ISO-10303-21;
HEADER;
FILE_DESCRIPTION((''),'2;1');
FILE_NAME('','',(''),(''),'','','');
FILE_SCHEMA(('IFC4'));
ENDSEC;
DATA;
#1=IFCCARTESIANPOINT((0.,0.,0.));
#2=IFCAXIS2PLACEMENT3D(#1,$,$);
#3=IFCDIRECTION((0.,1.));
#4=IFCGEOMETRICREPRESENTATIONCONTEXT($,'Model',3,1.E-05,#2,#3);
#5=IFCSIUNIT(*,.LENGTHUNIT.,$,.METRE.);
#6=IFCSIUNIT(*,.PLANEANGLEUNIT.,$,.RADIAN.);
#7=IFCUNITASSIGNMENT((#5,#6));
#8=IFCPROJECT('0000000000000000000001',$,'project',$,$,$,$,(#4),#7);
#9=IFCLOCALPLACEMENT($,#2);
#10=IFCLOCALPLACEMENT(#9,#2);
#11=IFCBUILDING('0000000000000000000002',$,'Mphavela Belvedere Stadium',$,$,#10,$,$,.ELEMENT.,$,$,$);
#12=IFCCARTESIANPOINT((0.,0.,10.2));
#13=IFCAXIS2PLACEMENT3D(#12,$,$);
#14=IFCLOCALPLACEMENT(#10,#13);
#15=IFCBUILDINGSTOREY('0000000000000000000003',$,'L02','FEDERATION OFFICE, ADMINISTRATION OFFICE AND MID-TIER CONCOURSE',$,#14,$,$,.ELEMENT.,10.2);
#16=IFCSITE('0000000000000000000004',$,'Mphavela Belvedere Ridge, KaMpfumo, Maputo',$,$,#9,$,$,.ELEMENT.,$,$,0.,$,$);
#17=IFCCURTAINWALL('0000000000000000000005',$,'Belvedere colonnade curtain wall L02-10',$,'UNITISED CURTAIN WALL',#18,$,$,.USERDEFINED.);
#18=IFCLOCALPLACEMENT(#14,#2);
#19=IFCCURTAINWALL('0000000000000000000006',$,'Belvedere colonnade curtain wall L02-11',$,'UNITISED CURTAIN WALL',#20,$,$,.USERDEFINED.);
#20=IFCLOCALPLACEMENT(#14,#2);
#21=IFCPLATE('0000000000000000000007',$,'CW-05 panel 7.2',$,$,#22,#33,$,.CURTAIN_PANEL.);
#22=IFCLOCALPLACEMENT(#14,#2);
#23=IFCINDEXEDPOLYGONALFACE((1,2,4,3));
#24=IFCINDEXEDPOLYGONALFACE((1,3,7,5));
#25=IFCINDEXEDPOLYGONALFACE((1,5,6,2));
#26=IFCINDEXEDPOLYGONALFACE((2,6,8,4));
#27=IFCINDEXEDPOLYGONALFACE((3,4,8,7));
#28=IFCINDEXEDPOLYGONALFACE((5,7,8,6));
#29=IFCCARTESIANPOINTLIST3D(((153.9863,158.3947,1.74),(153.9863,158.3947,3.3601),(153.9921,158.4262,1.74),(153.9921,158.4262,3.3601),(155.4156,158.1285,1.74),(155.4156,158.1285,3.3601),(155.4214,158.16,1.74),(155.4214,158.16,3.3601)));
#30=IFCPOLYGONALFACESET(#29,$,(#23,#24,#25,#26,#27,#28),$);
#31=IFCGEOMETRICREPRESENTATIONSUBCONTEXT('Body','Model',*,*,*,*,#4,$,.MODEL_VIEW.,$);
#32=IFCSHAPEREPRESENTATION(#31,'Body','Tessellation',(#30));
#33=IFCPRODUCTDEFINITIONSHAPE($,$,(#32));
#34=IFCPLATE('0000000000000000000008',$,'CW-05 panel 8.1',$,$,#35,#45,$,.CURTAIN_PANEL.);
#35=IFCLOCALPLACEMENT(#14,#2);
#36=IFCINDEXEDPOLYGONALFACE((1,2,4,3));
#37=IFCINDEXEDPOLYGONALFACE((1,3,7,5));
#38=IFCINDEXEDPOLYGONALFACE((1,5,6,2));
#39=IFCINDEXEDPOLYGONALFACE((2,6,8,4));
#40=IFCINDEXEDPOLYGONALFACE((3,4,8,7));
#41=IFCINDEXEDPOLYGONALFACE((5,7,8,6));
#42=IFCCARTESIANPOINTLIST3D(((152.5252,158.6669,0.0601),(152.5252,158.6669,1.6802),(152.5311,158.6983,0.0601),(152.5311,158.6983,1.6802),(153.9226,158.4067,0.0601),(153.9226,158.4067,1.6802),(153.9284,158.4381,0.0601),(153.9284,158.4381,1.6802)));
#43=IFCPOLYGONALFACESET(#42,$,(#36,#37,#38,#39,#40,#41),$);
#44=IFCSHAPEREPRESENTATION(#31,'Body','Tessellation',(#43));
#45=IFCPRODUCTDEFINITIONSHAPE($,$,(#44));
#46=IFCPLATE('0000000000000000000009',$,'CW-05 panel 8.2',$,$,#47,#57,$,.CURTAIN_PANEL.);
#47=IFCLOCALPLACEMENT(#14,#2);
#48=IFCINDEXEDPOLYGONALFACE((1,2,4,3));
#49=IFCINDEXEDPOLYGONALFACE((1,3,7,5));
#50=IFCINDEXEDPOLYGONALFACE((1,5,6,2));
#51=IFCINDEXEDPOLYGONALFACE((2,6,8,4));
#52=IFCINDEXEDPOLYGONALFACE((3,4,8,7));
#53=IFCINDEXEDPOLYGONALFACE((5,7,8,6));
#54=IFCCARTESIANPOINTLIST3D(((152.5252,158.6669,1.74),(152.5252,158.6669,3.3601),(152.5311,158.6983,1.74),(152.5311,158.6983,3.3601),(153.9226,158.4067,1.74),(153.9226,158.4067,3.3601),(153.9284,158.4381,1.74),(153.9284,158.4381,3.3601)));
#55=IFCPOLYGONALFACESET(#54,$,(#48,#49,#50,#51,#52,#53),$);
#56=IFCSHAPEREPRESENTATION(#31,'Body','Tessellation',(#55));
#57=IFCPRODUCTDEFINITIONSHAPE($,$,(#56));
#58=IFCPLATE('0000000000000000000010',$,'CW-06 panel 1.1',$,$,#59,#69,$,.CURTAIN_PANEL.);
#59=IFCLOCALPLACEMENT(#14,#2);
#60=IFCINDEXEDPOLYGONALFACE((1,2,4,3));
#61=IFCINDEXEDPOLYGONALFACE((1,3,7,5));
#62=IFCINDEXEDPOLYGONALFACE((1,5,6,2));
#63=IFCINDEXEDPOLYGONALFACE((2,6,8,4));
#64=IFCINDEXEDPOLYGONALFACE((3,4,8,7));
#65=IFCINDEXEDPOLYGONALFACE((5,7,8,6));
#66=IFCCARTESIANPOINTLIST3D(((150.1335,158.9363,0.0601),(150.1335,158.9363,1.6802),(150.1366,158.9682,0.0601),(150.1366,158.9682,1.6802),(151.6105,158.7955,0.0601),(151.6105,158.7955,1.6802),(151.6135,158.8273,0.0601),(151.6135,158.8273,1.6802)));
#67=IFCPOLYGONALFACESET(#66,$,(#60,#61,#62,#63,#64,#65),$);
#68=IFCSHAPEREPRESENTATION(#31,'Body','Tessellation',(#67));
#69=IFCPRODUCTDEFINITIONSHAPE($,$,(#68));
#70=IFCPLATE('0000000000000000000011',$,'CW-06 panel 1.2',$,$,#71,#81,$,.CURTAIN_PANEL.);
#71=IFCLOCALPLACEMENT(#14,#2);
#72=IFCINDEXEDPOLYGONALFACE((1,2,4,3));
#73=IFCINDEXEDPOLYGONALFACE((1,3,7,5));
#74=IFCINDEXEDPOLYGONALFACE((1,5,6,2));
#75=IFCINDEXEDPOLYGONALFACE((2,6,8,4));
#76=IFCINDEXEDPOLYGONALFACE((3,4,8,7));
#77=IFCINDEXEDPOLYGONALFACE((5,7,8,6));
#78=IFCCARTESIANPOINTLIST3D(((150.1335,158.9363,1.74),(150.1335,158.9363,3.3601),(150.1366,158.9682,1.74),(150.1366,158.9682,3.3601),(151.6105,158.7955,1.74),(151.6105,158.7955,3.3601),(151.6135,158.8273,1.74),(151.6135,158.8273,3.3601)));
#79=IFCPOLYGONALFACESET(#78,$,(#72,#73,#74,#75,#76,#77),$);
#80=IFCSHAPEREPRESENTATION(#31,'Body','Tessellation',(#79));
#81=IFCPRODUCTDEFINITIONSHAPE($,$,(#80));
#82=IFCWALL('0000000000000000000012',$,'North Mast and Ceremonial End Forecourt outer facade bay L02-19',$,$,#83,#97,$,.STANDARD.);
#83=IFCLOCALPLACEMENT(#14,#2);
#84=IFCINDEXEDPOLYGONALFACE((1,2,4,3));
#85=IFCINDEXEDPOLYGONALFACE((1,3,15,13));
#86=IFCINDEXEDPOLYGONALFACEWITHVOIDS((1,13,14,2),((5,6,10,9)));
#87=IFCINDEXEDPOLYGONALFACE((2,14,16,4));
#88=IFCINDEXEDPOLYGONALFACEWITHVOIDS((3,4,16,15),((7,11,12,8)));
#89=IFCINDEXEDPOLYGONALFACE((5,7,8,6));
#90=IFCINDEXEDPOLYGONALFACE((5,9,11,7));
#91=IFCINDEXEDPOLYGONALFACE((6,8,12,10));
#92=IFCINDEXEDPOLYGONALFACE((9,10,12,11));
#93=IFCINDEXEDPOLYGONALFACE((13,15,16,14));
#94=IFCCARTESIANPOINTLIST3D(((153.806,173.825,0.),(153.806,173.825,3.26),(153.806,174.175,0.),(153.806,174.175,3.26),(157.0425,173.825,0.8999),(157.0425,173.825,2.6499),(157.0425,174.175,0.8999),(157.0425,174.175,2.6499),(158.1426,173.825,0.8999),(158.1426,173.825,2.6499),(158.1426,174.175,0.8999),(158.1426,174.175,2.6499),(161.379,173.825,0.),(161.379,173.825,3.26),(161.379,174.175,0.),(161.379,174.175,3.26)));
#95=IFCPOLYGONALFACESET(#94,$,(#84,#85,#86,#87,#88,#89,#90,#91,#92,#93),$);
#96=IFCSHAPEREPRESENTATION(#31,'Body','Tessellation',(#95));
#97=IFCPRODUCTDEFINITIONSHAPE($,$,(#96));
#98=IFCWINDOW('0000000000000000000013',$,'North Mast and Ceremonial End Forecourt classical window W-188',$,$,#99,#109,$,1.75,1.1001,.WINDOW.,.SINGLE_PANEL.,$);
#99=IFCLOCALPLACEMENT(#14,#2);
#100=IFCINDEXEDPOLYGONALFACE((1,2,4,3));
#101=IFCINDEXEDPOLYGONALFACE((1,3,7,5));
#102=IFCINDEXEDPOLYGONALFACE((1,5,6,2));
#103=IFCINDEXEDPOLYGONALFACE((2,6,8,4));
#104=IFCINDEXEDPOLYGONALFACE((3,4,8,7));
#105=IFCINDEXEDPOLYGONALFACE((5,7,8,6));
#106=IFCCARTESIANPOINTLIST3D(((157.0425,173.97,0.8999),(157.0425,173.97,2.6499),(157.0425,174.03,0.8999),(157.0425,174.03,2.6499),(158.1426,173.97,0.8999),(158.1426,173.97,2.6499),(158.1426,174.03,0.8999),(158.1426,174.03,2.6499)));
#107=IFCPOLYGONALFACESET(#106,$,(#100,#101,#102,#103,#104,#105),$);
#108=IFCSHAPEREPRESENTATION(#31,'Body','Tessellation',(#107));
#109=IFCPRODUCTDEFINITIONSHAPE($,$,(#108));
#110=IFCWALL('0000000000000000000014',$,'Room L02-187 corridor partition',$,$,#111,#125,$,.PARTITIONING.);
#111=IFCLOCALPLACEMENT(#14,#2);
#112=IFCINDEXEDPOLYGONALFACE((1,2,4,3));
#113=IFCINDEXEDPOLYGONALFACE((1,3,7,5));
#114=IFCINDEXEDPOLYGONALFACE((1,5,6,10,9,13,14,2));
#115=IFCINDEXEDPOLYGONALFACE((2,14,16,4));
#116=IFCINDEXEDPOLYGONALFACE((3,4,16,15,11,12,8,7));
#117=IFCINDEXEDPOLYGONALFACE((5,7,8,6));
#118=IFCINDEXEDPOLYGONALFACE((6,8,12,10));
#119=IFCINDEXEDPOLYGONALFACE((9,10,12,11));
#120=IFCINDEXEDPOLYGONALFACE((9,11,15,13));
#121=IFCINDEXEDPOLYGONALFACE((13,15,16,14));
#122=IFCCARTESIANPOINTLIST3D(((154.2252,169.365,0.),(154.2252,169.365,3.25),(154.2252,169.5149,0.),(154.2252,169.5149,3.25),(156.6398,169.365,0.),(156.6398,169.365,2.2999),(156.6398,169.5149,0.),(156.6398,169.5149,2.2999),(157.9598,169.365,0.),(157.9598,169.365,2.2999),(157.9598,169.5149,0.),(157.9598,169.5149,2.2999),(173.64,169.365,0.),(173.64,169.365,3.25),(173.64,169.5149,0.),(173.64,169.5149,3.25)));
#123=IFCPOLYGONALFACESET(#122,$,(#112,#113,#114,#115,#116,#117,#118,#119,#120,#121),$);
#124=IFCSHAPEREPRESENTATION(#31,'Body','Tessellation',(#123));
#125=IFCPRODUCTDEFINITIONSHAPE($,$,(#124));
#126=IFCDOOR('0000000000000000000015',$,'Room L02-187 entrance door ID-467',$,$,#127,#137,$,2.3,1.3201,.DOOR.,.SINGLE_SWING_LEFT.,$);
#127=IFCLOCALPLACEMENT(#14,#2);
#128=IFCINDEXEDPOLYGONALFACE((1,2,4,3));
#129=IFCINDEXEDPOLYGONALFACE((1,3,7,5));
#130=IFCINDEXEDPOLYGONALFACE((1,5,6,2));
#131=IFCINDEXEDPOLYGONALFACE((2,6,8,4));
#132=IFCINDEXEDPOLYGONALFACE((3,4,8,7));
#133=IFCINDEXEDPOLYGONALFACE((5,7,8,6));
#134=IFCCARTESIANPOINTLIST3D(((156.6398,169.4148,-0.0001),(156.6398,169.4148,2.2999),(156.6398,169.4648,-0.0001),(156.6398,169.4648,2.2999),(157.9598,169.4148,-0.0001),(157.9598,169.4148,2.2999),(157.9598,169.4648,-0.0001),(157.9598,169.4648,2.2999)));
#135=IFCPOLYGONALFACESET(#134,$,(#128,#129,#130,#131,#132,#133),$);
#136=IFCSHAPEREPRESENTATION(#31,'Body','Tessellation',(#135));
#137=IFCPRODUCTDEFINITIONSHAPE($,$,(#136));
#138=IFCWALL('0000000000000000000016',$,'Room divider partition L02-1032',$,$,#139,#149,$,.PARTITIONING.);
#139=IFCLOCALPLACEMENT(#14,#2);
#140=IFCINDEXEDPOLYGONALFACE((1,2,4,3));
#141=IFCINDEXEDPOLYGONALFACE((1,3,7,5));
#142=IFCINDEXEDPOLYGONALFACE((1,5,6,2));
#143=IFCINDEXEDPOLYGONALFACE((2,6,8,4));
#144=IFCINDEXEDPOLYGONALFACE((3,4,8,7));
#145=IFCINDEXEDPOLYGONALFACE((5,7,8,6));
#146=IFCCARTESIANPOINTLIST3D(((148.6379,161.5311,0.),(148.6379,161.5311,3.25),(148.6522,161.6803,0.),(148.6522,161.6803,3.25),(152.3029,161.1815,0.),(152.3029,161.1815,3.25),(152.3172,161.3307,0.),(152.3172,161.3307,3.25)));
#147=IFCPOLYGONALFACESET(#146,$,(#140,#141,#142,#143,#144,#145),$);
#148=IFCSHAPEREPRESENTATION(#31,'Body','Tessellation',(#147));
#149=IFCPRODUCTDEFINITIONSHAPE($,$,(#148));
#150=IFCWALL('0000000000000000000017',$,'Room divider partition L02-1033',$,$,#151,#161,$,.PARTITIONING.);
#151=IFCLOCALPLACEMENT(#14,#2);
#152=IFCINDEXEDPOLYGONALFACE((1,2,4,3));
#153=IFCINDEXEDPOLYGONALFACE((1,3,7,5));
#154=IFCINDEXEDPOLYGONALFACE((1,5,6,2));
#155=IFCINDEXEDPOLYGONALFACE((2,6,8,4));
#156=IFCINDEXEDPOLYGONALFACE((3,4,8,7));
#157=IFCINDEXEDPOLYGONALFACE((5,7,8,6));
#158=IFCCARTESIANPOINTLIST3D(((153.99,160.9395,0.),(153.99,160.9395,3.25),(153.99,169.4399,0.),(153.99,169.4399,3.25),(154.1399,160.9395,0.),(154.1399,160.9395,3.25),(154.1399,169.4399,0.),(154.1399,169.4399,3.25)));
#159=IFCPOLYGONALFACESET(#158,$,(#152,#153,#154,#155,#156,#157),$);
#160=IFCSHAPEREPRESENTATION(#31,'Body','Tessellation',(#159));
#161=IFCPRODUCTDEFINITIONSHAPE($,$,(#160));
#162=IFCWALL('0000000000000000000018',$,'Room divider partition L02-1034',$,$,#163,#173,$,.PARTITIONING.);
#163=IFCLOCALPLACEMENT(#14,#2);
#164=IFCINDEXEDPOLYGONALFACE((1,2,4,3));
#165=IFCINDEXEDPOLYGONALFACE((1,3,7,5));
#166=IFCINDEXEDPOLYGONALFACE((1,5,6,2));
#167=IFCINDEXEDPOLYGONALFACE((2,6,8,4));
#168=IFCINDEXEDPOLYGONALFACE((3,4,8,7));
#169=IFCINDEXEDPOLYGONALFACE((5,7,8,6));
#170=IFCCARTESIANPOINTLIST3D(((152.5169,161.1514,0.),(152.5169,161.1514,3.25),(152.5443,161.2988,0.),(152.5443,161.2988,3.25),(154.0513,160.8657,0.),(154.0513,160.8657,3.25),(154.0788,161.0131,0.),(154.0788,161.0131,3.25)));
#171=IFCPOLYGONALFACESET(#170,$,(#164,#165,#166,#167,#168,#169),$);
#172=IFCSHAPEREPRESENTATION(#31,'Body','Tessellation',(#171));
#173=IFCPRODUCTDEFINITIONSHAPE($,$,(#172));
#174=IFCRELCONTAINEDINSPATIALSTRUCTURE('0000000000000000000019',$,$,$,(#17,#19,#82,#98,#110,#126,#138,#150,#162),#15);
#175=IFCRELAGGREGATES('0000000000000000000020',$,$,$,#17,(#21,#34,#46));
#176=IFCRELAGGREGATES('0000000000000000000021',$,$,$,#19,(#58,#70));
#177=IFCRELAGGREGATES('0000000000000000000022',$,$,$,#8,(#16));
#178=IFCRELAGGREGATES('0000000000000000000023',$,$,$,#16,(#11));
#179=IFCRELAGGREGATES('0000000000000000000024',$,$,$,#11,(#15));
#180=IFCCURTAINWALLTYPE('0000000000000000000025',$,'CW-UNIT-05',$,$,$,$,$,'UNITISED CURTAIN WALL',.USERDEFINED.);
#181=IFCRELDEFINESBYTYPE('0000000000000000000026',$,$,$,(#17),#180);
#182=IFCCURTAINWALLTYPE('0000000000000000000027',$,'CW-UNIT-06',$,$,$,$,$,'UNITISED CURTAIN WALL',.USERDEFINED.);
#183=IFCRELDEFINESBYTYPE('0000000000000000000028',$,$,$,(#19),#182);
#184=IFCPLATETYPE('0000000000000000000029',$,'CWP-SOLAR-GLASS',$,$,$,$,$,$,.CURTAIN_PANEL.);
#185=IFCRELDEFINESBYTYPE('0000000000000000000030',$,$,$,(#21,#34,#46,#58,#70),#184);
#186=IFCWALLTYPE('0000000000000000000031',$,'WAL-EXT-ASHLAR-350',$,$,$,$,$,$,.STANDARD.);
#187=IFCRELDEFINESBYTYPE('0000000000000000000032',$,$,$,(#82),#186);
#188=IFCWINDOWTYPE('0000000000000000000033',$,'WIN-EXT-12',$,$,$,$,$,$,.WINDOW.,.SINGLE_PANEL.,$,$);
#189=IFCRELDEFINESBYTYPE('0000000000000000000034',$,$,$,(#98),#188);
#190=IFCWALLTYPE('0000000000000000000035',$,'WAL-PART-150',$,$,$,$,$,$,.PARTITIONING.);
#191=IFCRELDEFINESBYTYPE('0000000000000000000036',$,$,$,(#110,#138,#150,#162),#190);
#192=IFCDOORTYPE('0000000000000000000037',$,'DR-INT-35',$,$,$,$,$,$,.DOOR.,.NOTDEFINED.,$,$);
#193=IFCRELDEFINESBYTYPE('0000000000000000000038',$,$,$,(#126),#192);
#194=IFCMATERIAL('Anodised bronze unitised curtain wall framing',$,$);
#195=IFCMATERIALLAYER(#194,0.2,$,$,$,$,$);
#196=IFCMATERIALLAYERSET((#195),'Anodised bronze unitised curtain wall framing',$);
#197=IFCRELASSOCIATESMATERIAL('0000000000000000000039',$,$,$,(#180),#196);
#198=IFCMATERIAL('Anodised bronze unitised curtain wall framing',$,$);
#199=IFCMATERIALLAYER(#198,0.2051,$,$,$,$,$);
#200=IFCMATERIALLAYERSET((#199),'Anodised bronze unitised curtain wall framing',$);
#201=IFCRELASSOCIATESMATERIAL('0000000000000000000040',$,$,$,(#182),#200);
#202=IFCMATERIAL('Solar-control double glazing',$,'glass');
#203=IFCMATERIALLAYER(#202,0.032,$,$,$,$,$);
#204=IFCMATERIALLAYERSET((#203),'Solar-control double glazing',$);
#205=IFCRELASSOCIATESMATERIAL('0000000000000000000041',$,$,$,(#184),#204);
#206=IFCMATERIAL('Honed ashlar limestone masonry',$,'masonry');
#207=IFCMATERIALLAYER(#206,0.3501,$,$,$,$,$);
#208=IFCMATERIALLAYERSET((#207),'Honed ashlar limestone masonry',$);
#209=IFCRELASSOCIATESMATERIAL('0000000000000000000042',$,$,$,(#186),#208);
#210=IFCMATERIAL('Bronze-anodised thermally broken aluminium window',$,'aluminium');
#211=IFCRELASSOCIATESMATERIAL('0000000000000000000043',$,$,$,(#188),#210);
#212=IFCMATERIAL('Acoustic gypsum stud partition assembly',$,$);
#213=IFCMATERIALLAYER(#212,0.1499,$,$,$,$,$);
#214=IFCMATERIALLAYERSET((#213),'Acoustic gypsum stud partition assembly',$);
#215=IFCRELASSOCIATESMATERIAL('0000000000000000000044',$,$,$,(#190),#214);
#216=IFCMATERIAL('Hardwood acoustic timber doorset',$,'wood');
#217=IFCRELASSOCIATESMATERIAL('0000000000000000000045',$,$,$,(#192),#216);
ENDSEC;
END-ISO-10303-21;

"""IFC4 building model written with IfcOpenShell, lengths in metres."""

from ifc_helpers import new_model, si_unit, direction, frame, frame_2d, origin, origin_2d, place, context, subcontext, project, spatial, rectangle, extrude, material, layer, layer_set, type_object, element, fill, aggregate, save


model = new_model("IFC4")

# Units and contexts
model_context = context("Model", 3, precision=1e-05, world=origin(), true_north=direction((0.0, 1.0)))
body_context = subcontext(model_context, "Body", "Model", "MODEL_VIEW")
ifc_project = project(units=[si_unit("LENGTHUNIT", "METRE"), si_unit("PLANEANGLEUNIT", "RADIAN")], contexts=[model_context])

# Site, building, storey
site_placement = place(None, origin())
site = spatial("IfcSite", under=ifc_project, at=site_placement, Name="Mphavela Belvedere Ridge, KaMpfumo, Maputo", CompositionType="ELEMENT", RefElevation=0.0)
building_placement = place(site_placement, origin())
building = spatial("IfcBuilding", under=site, at=building_placement, Name="Mphavela Belvedere Stadium", CompositionType="ELEMENT")
storey_placement = place(building_placement, frame((0.0, 0.0, 10.2)))
storey = spatial("IfcBuildingStorey", under=building, at=storey_placement, Name="L02", Description="FEDERATION OFFICE, ADMINISTRATION OFFICE AND MID-TIER CONCOURSE", CompositionType="ELEMENT", Elevation=10.2)

# Curtain wall
ifc_material_1 = material(Name="Anodised bronze unitised curtain wall framing")
ifc_layer_1 = layer(ifc_material_1, 0.2)
ifc_layer_set_1 = layer_set([ifc_layer_1], Name="Anodised bronze unitised curtain wall framing")
curtain_wall_type_1 = type_object("IfcCurtainWallType", Name="CW-UNIT-05", ElementType="UNITISED CURTAIN WALL", PredefinedType="USERDEFINED", material=ifc_layer_set_1)
curtain_wall_1_placement = place(storey_placement, origin())
curtain_wall_1 = element("IfcCurtainWall", 1, at=curtain_wall_1_placement, inside=storey, type_object=curtain_wall_type_1, Name="Belvedere colonnade curtain wall L02-10", ObjectType="UNITISED CURTAIN WALL", PredefinedType="USERDEFINED")

# Curtain wall
ifc_material_2 = material(Name="Anodised bronze unitised curtain wall framing")
ifc_layer_2 = layer(ifc_material_2, 0.2051)
ifc_layer_set_2 = layer_set([ifc_layer_2], Name="Anodised bronze unitised curtain wall framing")
curtain_wall_type_2 = type_object("IfcCurtainWallType", Name="CW-UNIT-06", ElementType="UNITISED CURTAIN WALL", PredefinedType="USERDEFINED", material=ifc_layer_set_2)
curtain_wall_2_placement = place(storey_placement, origin())
curtain_wall_2 = element("IfcCurtainWall", 2, at=curtain_wall_2_placement, inside=storey, type_object=curtain_wall_type_2, Name="Belvedere colonnade curtain wall L02-11", ObjectType="UNITISED CURTAIN WALL", PredefinedType="USERDEFINED")

# Plates
ifc_material_3 = material(Name="Solar-control double glazing", Category="glass")
ifc_layer_3 = layer(ifc_material_3, 0.032)
ifc_layer_set_3 = layer_set([ifc_layer_3], Name="Solar-control double glazing")
plate_type = type_object("IfcPlateType", Name="CWP-SOLAR-GLASS", PredefinedType="CURTAIN_PANEL", material=ifc_layer_set_3)
plate_1_placement = place(storey_placement, frame((154.7039, 158.2773, 1.74), z_axis=(0.0, 0.0, 1.0), x_axis=(-0.983097, 0.183085, 0.0)))
plate_1 = element("IfcPlate", 3, at=plate_1_placement, type_object=plate_type, Name="CW-05 panel 7.2", PredefinedType="CURTAIN_PANEL", context=body_context, shape_type="SweptSolid", body=[
    extrude(rectangle(XDim=1.4539, YDim=0.032, at=origin_2d()), origin(), (0.0, 0.0, 1.0), 1.6201),
])
plate_2_placement = place(storey_placement, frame((153.2268, 158.5525, 0.0601), z_axis=(0.0, 0.0, 1.0), x_axis=(-0.983097, 0.183085, 0.0)))
plate_2 = element("IfcPlate", 4, at=plate_2_placement, type_object=plate_type, Name="CW-05 panel 8.1", PredefinedType="CURTAIN_PANEL", context=body_context, shape_type="SweptSolid", body=[
    extrude(rectangle(XDim=1.4214, YDim=0.032, at=origin_2d()), origin(), (0.0, 0.0, 1.0), 1.6201),
])
plate_3_placement = place(storey_placement, frame((153.2268, 158.5525, 1.74), z_axis=(0.0, 0.0, 1.0), x_axis=(-0.983097, 0.183085, 0.0)))
plate_3 = element("IfcPlate", 5, at=plate_3_placement, type_object=plate_type, Name="CW-05 panel 8.2", PredefinedType="CURTAIN_PANEL", context=body_context, shape_type="SweptSolid", body=[
    extrude(rectangle(XDim=1.4214, YDim=0.032, at=origin_2d()), origin(), (0.0, 0.0, 1.0), 1.6201),
])
aggregate(curtain_wall_1, [plate_1, plate_2, plate_3])
plate_4_placement = place(storey_placement, frame((150.8735, 158.8818, 0.0601), z_axis=(0.0, 0.0, 1.0), x_axis=(-0.995484, 0.094926, 0.0)))
plate_4 = element("IfcPlate", 6, at=plate_4_placement, type_object=plate_type, Name="CW-06 panel 1.1", PredefinedType="CURTAIN_PANEL", context=body_context, shape_type="SweptSolid", body=[
    extrude(rectangle(XDim=1.4836, YDim=0.032, at=origin_2d()), origin(), (0.0, 0.0, 1.0), 1.6201),
])
plate_5_placement = place(storey_placement, frame((150.8735, 158.8818, 1.74), z_axis=(0.0, 0.0, 1.0), x_axis=(-0.995484, 0.094926, 0.0)))
plate_5 = element("IfcPlate", 7, at=plate_5_placement, type_object=plate_type, Name="CW-06 panel 1.2", PredefinedType="CURTAIN_PANEL", context=body_context, shape_type="SweptSolid", body=[
    extrude(rectangle(XDim=1.4836, YDim=0.032, at=origin_2d()), origin(), (0.0, 0.0, 1.0), 1.6201),
])
aggregate(curtain_wall_2, [plate_4, plate_5])

# Wall, opening, window
ifc_material_4 = material(Name="Honed ashlar limestone masonry", Category="masonry")
ifc_layer_4 = layer(ifc_material_4, 0.3501)
ifc_layer_set_4 = layer_set([ifc_layer_4], Name="Honed ashlar limestone masonry")
wall_type_1 = type_object("IfcWallType", Name="WAL-EXT-ASHLAR-350", PredefinedType="STANDARD", material=ifc_layer_set_4)
wall_1_placement = place(storey_placement, frame((153.8059, 174.0, 0.0), z_axis=(0.0, 0.0, 1.0), x_axis=(1.0, 0.0, 0.0)))
wall_1 = element("IfcWall", 8, at=wall_1_placement, inside=storey, type_object=wall_type_1, Name="North Mast and Ceremonial End Forecourt outer facade bay L02-19", PredefinedType="STANDARD", context=body_context, shape_type="SweptSolid", body=[
    extrude(rectangle(XDim=7.573, YDim=0.3501, at=frame_2d((3.7866, 0.0))), origin(), (0.0, 0.0, 1.0), 3.26),
])
opening_1_placement = place(wall_1_placement, frame((3.2366, 0.0, 0.8999)))
opening_1 = element("IfcOpeningElement", 9, at=opening_1_placement, cuts=wall_1, PredefinedType="OPENING", context=body_context, shape_type="SweptSolid", body=[
    extrude(rectangle(XDim=1.1001, YDim=1.75, at=frame_2d((0.55, 0.875))), frame((0.0, 0.1851, 0.0), z_axis=(0.0, -1.0, 0.0), x_axis=(1.0, 0.0, 0.0)), (0.0, 0.0, 1.0), 0.3701),
])
ifc_material_5 = material(Name="Bronze-anodised thermally broken aluminium window", Category="aluminium")
window_type = type_object("IfcWindowType", Name="WIN-EXT-12", PartitioningType="SINGLE_PANEL", PredefinedType="WINDOW", material=ifc_material_5)
window_placement = place(opening_1_placement, origin())
window = element("IfcWindow", 10, at=window_placement, inside=storey, type_object=window_type, Name="North Mast and Ceremonial End Forecourt classical window W-188", OverallHeight=1.75, OverallWidth=1.1001, PartitioningType="SINGLE_PANEL", PredefinedType="WINDOW", context=body_context, shape_type="SweptSolid", body=[
    extrude(rectangle(XDim=1.1001, YDim=1.75, at=frame_2d((0.55, 0.875))), frame((0.0, 0.03, 0.0), z_axis=(0.0, -1.0, 0.0), x_axis=(1.0, 0.0, 0.0)), (0.0, 0.0, 1.0), 0.0601),
])
fill(opening_1, window)

# Wall, opening, door
ifc_material_6 = material(Name="Acoustic gypsum stud partition assembly")
ifc_layer_5 = layer(ifc_material_6, 0.1499)
ifc_layer_set_5 = layer_set([ifc_layer_5], Name="Acoustic gypsum stud partition assembly")
wall_type_2 = type_object("IfcWallType", Name="WAL-PART-150", PredefinedType="PARTITIONING", material=ifc_layer_set_5)
wall_2_placement = place(storey_placement, frame((154.2251, 169.4399, 0.0), z_axis=(0.0, 0.0, 1.0), x_axis=(1.0, 0.0, 0.0)))
wall_2 = element("IfcWall", 11, at=wall_2_placement, inside=storey, type_object=wall_type_2, Name="Room L02-187 corridor partition", PredefinedType="PARTITIONING", context=body_context, shape_type="SweptSolid", body=[
    extrude(rectangle(XDim=19.4148, YDim=0.1499, at=frame_2d((9.7075, 0.0))), origin(), (0.0, 0.0, 1.0), 3.25),
])
opening_2_placement = place(wall_2_placement, frame((2.4146, 0.0, 0.0)))
opening_2 = element("IfcOpeningElement", 12, at=opening_2_placement, cuts=wall_2, PredefinedType="OPENING", context=body_context, shape_type="SweptSolid", body=[
    extrude(rectangle(XDim=1.3201, YDim=2.3, at=frame_2d((0.6602, 1.1499))), frame((0.0, 0.085, 0.0), z_axis=(0.0, -1.0, 0.0), x_axis=(1.0, 0.0, 0.0)), (0.0, 0.0, 1.0), 0.1699),
])
ifc_material_7 = material(Name="Hardwood acoustic timber doorset", Category="wood")
door_type = type_object("IfcDoorType", Name="DR-INT-35", OperationType="NOTDEFINED", PredefinedType="DOOR", material=ifc_material_7)
door_placement = place(opening_2_placement, origin())
door = element("IfcDoor", 13, at=door_placement, inside=storey, type_object=door_type, Name="Room L02-187 entrance door ID-467", OperationType="SINGLE_SWING_LEFT", OverallHeight=2.3, OverallWidth=1.3201, PredefinedType="DOOR", context=body_context, shape_type="SweptSolid", body=[
    extrude(rectangle(XDim=1.3201, YDim=2.3, at=frame_2d((0.6602, 1.1499))), frame((0.0, 0.0249, 0.0), z_axis=(0.0, -1.0, 0.0), x_axis=(1.0, 0.0, 0.0)), (0.0, 0.0, 1.0), 0.05),
])
fill(opening_2, door)

# Walls
wall_3_placement = place(storey_placement, frame((152.3101, 161.2561, 0.0), z_axis=(0.0, 0.0, 1.0), x_axis=(-0.995481, 0.094959, 0.0)))
element("IfcWall", 14, at=wall_3_placement, inside=storey, type_object=wall_type_2, Name="Room divider partition L02-1032", PredefinedType="PARTITIONING", context=body_context, shape_type="SweptSolid", body=[
    extrude(rectangle(XDim=3.6816, YDim=0.1499, at=frame_2d((1.8408, 0.0))), origin(), (0.0, 0.0, 1.0), 3.25),
])
wall_4_placement = place(storey_placement, frame((154.0649, 169.4399, 0.0), z_axis=(0.0, 0.0, 1.0), x_axis=(0.0, -1.0, 0.0)))
element("IfcWall", 15, at=wall_4_placement, inside=storey, type_object=wall_type_2, Name="Room divider partition L02-1033", PredefinedType="PARTITIONING", context=body_context, shape_type="SweptSolid", body=[
    extrude(rectangle(XDim=8.5005, YDim=0.1499, at=frame_2d((4.2502, 0.0))), origin(), (0.0, 0.0, 1.0), 3.25),
])
wall_5_placement = place(storey_placement, frame((154.0649, 160.9395, 0.0), z_axis=(0.0, 0.0, 1.0), x_axis=(-0.98311, 0.183013, 0.0)))
element("IfcWall", 16, at=wall_5_placement, inside=storey, type_object=wall_type_2, Name="Room divider partition L02-1034", PredefinedType="PARTITIONING", context=body_context, shape_type="SweptSolid", body=[
    extrude(rectangle(XDim=1.5608, YDim=0.1499, at=frame_2d((0.7803, 0.0))), origin(), (0.0, 0.0, 1.0), 3.25),
])

save(model, "model.ifc")
